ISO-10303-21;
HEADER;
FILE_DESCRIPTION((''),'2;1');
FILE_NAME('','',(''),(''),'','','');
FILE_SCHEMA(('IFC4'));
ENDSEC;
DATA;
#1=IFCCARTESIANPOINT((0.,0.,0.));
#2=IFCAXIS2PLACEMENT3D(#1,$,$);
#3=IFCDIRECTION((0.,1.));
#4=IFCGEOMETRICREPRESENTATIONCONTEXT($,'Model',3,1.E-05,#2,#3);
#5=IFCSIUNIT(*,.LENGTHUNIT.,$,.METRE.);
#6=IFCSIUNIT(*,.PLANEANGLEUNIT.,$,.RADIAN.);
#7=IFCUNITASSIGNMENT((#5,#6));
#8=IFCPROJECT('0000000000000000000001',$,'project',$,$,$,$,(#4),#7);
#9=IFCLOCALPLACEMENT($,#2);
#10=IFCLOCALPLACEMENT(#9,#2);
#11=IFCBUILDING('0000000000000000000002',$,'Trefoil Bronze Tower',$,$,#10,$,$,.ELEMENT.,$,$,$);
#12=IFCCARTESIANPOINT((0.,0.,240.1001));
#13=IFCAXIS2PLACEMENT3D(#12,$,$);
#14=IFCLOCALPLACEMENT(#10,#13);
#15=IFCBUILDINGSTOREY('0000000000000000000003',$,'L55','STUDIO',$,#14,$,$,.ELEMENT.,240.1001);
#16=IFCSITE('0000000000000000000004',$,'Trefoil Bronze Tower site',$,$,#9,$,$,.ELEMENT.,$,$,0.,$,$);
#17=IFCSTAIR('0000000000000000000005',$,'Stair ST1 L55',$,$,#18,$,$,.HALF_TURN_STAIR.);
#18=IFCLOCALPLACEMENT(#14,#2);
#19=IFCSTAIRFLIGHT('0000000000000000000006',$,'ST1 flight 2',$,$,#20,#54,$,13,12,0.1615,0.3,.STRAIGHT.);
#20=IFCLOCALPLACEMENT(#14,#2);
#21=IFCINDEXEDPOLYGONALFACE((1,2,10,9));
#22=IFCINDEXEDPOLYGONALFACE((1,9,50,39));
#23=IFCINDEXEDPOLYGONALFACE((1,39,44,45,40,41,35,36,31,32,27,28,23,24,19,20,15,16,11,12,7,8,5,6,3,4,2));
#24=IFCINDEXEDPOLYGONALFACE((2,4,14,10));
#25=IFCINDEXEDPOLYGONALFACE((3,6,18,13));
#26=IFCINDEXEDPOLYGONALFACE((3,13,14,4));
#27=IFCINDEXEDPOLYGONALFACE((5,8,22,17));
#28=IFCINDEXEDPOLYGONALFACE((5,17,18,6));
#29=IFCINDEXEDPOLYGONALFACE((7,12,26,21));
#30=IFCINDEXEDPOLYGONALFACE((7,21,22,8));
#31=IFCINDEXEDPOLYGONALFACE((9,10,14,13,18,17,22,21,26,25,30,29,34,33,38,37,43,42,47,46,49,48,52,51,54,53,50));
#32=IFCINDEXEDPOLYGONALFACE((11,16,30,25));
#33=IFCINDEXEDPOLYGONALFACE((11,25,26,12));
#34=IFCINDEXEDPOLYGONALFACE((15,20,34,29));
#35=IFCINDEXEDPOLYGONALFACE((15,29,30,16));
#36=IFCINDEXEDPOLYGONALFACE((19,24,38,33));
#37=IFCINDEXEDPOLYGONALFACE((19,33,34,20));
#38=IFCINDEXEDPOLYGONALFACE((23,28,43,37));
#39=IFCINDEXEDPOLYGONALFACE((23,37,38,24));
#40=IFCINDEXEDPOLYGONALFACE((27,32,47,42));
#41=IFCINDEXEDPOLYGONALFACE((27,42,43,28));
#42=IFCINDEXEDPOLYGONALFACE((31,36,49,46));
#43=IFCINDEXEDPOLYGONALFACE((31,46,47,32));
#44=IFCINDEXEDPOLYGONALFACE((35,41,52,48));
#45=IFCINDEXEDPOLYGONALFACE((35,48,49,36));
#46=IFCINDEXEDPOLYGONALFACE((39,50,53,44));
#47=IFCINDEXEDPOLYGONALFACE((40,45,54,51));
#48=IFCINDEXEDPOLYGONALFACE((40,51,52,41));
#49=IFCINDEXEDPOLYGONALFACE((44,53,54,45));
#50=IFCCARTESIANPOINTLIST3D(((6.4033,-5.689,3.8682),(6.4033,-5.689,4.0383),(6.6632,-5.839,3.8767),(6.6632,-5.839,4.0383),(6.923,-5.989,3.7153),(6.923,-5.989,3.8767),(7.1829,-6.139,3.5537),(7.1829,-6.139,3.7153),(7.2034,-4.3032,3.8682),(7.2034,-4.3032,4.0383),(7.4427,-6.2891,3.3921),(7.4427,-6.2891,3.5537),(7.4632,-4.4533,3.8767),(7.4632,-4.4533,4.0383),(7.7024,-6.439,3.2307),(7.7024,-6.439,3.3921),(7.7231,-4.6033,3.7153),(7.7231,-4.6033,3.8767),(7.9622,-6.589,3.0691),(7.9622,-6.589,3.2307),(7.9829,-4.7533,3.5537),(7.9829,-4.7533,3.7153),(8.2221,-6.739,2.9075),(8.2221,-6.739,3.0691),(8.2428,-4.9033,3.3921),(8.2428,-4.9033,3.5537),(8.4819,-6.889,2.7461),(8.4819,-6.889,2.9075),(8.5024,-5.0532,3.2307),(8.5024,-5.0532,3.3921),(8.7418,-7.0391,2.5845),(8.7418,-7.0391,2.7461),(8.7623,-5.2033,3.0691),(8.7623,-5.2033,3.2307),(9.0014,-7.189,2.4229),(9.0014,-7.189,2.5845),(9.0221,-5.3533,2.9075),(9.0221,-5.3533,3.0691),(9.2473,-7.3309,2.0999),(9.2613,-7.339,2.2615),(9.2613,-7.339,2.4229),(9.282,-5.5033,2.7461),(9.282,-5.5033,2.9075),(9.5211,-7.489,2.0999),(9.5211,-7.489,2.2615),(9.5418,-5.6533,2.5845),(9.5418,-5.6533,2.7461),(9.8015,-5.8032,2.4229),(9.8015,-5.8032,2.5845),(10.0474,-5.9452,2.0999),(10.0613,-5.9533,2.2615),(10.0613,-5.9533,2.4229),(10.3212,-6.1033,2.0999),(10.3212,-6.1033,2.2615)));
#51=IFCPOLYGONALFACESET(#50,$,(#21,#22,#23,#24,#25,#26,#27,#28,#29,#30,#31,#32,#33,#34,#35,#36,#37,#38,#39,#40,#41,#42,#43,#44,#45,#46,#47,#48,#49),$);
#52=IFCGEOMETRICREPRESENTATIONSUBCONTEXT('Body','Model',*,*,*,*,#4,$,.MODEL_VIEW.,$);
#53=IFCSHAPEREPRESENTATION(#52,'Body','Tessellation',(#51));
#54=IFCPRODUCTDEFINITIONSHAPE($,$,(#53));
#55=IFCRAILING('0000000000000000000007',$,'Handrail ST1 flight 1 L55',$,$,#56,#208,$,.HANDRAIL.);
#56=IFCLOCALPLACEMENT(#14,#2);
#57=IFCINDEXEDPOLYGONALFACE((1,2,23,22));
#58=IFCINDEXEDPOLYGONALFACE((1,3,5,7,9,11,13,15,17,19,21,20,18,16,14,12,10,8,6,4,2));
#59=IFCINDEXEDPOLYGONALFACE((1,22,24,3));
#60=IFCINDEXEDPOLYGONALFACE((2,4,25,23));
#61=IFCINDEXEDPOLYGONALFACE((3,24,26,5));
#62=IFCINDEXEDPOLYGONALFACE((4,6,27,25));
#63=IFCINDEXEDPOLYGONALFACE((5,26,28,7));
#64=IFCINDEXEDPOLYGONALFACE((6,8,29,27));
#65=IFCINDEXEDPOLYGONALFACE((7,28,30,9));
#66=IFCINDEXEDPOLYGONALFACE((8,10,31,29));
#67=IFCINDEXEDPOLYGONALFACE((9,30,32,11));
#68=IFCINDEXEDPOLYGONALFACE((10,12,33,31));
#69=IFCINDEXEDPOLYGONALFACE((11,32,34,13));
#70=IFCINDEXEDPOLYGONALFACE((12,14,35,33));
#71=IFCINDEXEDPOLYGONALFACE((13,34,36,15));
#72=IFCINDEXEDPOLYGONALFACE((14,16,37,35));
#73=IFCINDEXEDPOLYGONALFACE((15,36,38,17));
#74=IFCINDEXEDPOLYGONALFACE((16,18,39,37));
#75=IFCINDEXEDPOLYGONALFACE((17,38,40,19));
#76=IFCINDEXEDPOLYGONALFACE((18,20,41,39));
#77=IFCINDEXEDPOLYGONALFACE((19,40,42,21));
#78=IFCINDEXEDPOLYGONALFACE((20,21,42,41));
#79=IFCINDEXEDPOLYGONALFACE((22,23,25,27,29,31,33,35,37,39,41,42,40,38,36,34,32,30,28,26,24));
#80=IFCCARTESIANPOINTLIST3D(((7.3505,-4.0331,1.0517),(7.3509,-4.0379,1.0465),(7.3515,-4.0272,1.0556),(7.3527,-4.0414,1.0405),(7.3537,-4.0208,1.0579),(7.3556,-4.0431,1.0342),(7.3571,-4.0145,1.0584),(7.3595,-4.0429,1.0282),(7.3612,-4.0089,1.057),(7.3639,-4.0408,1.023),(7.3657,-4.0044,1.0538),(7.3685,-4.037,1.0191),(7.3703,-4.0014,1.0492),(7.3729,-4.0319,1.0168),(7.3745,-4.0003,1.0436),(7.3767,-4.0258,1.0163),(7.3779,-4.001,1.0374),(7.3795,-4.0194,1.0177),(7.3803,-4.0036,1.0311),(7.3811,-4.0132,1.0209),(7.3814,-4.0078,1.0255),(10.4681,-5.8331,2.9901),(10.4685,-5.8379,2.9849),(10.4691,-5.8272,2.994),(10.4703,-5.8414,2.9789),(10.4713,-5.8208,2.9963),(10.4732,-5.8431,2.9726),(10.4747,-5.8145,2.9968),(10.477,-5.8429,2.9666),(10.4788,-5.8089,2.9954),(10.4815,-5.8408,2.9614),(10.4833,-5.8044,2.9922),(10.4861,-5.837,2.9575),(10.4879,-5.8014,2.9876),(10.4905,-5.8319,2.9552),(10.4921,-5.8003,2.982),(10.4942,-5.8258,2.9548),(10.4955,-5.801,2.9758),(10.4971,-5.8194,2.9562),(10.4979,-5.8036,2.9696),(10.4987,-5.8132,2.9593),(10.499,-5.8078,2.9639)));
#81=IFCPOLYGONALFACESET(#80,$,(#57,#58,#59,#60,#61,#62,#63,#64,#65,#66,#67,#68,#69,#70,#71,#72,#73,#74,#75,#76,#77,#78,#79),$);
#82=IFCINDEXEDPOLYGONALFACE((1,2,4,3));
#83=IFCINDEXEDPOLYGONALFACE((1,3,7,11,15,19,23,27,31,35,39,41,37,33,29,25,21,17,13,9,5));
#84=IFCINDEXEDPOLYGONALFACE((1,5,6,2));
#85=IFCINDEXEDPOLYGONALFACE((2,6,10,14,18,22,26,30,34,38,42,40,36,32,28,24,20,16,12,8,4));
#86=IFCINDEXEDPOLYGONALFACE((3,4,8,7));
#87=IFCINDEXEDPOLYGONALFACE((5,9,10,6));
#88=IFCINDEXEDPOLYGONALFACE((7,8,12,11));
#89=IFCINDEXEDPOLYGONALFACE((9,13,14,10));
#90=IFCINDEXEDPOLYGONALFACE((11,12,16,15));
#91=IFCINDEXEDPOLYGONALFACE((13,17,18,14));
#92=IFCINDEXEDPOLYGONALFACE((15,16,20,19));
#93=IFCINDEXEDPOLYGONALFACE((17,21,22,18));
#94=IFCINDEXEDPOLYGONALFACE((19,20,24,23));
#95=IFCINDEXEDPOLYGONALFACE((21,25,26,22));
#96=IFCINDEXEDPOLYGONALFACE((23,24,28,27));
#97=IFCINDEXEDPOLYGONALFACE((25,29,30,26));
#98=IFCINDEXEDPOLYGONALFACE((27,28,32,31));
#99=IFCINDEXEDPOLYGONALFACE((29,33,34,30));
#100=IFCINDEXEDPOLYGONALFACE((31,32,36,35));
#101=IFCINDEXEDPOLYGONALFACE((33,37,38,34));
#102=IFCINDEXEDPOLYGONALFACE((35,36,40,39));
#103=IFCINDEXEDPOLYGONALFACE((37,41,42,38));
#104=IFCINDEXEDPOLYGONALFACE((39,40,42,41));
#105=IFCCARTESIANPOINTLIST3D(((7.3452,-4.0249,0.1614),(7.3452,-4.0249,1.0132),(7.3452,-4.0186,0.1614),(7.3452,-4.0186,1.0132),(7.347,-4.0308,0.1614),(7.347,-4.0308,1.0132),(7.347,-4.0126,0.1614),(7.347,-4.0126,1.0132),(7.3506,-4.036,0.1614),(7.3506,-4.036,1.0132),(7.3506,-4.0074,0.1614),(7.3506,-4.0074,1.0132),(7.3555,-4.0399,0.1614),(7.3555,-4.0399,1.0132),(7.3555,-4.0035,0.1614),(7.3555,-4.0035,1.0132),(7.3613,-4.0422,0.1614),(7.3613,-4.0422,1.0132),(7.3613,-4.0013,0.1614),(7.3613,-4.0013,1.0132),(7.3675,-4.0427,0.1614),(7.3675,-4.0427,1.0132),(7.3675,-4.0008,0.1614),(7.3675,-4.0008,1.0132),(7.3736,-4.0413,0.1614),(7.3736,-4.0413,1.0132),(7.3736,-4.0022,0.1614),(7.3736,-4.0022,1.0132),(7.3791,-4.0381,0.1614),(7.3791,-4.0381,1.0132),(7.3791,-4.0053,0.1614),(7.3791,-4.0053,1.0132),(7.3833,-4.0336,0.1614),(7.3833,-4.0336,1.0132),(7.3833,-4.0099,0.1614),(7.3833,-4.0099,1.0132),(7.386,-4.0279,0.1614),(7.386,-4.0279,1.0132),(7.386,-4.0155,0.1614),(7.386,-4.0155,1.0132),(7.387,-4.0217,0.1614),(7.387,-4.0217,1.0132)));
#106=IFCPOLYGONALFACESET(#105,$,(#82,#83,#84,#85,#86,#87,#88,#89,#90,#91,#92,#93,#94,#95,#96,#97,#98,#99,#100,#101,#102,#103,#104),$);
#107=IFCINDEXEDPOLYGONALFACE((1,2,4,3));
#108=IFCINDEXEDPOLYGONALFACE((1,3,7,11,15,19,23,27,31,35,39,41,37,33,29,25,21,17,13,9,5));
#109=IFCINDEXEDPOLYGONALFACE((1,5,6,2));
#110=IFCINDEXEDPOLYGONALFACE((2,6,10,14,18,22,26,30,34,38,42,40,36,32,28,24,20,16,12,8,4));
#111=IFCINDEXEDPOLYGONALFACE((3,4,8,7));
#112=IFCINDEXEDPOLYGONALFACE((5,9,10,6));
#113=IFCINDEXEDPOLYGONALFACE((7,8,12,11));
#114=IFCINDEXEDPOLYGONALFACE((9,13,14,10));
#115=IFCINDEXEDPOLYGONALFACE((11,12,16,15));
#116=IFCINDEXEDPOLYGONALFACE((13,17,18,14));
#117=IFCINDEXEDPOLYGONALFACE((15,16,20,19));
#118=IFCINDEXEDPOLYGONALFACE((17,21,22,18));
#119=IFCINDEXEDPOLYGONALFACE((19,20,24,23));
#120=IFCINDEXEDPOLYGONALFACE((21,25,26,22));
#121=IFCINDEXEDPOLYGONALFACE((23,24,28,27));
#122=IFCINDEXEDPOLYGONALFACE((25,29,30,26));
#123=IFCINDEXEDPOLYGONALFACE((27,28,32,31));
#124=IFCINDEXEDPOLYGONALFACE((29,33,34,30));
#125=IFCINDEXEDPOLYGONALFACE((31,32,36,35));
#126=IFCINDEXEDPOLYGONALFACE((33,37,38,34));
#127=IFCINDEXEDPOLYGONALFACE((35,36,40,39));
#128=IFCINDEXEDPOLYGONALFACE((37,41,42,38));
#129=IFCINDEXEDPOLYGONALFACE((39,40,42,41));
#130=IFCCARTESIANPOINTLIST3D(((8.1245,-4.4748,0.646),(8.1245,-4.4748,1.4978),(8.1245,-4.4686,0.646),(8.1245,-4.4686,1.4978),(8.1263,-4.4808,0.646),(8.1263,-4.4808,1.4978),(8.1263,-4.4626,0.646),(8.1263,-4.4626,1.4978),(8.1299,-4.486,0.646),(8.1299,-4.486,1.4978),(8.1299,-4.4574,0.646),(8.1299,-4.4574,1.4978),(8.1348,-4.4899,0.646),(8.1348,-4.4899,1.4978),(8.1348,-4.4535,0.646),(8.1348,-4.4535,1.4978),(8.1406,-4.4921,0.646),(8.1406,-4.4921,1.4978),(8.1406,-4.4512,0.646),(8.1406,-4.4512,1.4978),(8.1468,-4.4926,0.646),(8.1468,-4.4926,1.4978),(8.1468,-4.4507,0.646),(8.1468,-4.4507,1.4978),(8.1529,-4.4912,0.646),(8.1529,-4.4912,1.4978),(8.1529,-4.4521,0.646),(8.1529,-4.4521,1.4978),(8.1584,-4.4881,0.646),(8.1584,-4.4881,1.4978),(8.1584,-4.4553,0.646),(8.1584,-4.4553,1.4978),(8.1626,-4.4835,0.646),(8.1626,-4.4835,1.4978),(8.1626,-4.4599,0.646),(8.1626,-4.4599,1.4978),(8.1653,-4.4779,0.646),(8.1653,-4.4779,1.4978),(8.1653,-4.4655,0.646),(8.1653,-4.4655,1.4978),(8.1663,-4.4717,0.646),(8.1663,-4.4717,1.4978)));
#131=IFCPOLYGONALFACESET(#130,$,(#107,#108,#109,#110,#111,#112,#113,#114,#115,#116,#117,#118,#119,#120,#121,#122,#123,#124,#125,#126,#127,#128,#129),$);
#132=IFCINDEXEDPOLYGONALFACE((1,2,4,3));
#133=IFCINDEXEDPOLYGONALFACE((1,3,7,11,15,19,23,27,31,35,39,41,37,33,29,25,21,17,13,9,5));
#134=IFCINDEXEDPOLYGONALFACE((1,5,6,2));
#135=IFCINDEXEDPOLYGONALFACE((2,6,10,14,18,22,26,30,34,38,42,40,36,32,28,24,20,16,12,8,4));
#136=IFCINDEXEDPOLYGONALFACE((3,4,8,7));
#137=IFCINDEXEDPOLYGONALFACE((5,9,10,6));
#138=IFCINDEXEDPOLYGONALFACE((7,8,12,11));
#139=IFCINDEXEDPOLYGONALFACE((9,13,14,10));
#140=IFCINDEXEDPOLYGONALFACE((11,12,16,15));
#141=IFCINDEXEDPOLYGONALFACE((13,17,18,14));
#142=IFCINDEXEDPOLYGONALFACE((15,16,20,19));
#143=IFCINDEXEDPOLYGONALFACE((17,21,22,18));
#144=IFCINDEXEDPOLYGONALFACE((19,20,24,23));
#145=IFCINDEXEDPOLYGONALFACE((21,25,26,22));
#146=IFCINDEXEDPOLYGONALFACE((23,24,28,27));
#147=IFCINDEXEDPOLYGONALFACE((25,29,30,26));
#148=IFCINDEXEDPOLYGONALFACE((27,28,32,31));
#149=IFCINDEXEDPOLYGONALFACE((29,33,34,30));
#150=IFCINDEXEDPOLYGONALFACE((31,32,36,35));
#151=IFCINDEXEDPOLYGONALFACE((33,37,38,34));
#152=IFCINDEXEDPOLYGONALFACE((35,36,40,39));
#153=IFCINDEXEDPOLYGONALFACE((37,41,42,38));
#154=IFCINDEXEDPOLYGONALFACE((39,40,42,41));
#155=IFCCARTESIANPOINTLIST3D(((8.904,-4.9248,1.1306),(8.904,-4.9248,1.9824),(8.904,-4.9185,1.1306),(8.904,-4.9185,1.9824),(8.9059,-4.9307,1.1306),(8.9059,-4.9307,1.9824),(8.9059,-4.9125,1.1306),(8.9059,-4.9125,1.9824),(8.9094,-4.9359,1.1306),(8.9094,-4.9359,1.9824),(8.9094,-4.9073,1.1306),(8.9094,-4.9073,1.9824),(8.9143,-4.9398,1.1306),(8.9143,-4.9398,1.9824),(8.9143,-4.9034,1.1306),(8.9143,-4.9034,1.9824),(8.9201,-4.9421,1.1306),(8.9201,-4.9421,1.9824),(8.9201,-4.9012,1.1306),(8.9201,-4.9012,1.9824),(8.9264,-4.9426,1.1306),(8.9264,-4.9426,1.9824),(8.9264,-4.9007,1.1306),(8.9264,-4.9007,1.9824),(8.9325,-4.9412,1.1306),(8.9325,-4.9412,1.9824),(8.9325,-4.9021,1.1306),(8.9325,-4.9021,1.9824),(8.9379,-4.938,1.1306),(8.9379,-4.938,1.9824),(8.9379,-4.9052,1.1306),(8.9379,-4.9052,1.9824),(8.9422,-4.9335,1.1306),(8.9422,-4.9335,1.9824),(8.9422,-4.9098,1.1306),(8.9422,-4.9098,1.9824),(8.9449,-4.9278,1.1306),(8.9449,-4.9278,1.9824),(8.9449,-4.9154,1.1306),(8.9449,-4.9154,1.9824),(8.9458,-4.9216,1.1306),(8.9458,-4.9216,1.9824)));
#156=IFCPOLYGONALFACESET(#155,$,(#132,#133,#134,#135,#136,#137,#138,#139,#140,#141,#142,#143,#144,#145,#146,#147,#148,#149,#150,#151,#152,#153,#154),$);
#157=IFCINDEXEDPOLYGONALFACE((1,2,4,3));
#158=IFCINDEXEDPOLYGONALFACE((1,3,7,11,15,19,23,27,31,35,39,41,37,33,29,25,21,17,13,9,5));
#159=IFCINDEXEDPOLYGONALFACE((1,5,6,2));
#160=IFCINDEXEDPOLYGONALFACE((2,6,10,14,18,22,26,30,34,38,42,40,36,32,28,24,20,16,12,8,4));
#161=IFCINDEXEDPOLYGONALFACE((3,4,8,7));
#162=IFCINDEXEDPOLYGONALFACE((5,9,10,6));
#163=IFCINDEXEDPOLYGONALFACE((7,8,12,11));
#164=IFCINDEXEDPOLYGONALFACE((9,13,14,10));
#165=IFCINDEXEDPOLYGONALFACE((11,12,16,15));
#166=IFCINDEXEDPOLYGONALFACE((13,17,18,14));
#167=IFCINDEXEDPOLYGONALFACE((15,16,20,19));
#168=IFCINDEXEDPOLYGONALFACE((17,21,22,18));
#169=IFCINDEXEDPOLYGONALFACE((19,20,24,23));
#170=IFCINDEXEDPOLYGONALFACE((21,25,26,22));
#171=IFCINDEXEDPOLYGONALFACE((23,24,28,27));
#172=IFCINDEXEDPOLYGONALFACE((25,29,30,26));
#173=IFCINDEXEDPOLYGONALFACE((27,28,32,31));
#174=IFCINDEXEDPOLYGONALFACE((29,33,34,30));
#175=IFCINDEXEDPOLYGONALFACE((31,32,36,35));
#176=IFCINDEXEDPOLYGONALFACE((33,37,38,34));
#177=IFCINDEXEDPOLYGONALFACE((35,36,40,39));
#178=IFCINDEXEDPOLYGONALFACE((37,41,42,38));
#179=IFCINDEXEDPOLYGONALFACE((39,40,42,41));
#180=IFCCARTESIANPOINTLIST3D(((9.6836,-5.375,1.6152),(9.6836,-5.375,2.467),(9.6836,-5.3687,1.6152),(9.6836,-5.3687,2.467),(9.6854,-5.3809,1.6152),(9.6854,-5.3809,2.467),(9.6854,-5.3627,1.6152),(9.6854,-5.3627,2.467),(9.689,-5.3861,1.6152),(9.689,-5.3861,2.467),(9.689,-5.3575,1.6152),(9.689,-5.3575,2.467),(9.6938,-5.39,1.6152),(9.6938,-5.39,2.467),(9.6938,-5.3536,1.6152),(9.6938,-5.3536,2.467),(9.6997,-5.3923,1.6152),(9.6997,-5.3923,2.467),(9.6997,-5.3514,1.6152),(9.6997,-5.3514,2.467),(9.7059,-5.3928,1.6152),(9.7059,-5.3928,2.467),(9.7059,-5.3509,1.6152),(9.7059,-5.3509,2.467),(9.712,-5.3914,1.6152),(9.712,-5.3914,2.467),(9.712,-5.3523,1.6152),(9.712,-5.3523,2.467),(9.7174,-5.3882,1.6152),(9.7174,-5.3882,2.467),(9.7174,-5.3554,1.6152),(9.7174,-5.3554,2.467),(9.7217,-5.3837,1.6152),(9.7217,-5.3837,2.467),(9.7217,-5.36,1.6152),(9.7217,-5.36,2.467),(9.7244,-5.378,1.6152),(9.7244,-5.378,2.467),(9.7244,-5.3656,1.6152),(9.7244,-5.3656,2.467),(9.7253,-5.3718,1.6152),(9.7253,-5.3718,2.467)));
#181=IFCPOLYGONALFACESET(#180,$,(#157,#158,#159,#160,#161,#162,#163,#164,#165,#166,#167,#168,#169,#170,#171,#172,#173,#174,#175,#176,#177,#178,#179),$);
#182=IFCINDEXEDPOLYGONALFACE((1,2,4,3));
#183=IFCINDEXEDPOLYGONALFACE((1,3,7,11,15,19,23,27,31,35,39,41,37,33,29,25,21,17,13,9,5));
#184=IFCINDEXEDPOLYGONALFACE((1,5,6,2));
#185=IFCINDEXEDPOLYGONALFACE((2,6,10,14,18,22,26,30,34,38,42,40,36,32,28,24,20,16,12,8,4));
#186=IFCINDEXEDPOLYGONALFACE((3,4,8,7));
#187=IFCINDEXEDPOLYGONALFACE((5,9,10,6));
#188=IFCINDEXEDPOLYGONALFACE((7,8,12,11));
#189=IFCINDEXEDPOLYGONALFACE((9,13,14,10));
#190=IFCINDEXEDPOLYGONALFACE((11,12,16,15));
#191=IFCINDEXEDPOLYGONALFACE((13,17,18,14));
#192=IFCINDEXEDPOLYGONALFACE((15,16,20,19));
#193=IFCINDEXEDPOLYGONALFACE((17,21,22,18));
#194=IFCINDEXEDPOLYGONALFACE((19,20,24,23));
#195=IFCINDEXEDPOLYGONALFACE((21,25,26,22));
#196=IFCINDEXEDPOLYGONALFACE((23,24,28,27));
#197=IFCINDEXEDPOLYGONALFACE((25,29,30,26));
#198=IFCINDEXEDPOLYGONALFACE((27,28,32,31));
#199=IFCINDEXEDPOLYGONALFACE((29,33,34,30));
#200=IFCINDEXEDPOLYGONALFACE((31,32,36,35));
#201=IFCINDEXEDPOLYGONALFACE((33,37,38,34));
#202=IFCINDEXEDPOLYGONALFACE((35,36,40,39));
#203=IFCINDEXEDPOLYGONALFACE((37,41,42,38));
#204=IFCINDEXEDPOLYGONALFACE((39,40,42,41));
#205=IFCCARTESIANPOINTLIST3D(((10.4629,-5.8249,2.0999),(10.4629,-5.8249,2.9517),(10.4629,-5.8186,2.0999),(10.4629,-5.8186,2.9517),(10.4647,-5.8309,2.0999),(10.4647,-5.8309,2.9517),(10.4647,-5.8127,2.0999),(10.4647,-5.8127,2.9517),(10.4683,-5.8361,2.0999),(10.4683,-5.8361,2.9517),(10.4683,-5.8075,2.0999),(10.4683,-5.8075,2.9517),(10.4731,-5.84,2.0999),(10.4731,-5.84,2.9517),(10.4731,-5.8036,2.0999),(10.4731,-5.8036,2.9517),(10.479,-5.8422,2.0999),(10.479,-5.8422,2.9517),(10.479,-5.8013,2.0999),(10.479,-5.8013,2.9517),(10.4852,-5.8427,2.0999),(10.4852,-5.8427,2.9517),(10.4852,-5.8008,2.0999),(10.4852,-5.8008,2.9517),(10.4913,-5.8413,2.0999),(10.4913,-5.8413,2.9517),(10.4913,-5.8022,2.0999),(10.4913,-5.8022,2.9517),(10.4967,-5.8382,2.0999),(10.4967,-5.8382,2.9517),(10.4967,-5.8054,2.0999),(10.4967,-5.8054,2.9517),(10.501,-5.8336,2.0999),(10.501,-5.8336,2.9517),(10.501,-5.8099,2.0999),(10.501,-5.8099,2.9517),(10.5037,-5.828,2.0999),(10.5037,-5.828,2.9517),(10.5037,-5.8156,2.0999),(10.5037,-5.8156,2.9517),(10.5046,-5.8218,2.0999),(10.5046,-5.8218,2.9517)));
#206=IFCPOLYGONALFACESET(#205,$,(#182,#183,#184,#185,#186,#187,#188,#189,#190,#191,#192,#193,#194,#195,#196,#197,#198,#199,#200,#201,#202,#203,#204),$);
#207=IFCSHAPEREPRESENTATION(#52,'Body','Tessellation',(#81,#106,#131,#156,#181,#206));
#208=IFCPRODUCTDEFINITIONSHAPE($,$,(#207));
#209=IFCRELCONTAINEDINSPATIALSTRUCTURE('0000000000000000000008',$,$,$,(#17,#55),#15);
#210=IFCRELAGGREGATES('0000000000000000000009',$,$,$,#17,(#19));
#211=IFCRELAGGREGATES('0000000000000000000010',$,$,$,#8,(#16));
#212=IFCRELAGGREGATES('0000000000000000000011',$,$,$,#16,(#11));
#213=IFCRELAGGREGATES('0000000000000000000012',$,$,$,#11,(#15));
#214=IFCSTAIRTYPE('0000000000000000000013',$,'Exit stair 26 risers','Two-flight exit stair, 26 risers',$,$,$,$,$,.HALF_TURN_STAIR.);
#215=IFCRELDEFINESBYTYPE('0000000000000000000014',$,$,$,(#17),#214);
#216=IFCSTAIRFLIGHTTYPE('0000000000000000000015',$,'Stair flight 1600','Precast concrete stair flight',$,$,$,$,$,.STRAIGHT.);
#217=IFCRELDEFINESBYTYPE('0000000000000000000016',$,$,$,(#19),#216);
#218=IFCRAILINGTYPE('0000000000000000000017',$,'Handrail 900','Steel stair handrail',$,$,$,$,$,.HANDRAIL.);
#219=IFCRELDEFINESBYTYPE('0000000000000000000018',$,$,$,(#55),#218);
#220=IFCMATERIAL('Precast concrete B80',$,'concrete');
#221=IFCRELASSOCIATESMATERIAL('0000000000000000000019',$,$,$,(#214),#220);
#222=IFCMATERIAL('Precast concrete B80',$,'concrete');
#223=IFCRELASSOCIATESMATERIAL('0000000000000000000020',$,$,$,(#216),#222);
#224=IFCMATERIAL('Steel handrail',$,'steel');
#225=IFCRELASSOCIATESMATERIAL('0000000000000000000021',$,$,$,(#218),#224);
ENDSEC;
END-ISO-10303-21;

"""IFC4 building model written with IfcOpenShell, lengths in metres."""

from ifc_helpers import new_model, si_unit, direction, frame, origin, origin_2d, place, context, subcontext, project, spatial, polyline, circle, outline, extrude, material, type_object, element, aggregate, save


model = new_model("IFC4")

# Units and contexts
model_context = context("Model", 3, precision=1e-05, world=origin(), true_north=direction((0.0, 1.0)))
body_context = subcontext(model_context, "Body", "Model", "MODEL_VIEW")
ifc_project = project(units=[si_unit("LENGTHUNIT", "METRE"), si_unit("PLANEANGLEUNIT", "RADIAN")], contexts=[model_context])

# Site, building, storey
site_placement = place(None, origin())
site = spatial("IfcSite", under=ifc_project, at=site_placement, Name="Trefoil Bronze Tower site", CompositionType="ELEMENT", RefElevation=0.0)
building_placement = place(site_placement, origin())
building = spatial("IfcBuilding", under=site, at=building_placement, Name="Trefoil Bronze Tower", CompositionType="ELEMENT")
storey_placement = place(building_placement, frame((0.0, 0.0, 240.1001)))
storey = spatial("IfcBuildingStorey", under=building, at=storey_placement, Name="L55", Description="STUDIO", CompositionType="ELEMENT", Elevation=240.1001)

# Stair
ifc_material_1 = material(Name="Precast concrete B80", Category="concrete")
stair_type = type_object("IfcStairType", Name="Exit stair 26 risers", Description="Two-flight exit stair, 26 risers", PredefinedType="HALF_TURN_STAIR", material=ifc_material_1)
stair_1_placement = place(storey_placement, origin())
stair_1 = element("IfcStair", 1, at=stair_1_placement, inside=storey, type_object=stair_type, Name="Stair ST1 L55", PredefinedType="HALF_TURN_STAIR")

# Stair flight
ifc_material_2 = material(Name="Precast concrete B80", Category="concrete")
stair_flight_type = type_object("IfcStairFlightType", Name="Stair flight 1600", Description="Precast concrete stair flight", PredefinedType="STRAIGHT", material=ifc_material_2)
stair_flight_1_placement = place(storey_placement, frame((9.9211, -6.7961, 2.0999), z_axis=(0.0, 0.0, 1.0), x_axis=(-0.866025, 0.5, 0.0)))
stair_flight_1 = element("IfcStairFlight", 2, at=stair_flight_1_placement, type_object=stair_flight_type, Name="ST1 flight 2", NumberOfRisers=13, NumberOfTreads=12, PredefinedType="STRAIGHT", RiserHeight=0.1615, TreadLength=0.3, context=body_context, shape_type="SweptSolid", body=[
    extrude(outline(polyline([(0.0, 0.0), (0.0, 0.1616), (0.3, 0.1616), (0.3, 0.323), (0.6001, 0.323), (0.6001, 0.4846), (0.8999, 0.4846), (0.8999, 0.6462), (1.2, 0.6462), (1.2, 0.8076), (1.5, 0.8076), (1.5, 0.9692), (1.8, 0.9692), (1.8, 1.1309), (2.1001, 1.1309), (2.1001, 1.2922), (2.3999, 1.2922), (2.3999, 1.4539), (2.7, 1.4539), (2.7, 1.6155), (3.0, 1.6155), (3.0, 1.7769), (3.3, 1.7769), (3.3, 1.9385), (3.6001, 1.9385), (3.6001, 2.1001), (3.6001, 1.7683), (0.3162, 0.0), (0.0, 0.0)])), frame((0.0, 0.8, 0.0), z_axis=(0.0, -1.0, 0.0), x_axis=(1.0, 0.0, 0.0)), (0.0, 0.0, 1.0), 1.6001),
])
aggregate(stair_1, [stair_flight_1])

# Railing
ifc_material_3 = material(Name="Steel handrail", Category="steel")
railing_type = type_object("IfcRailingType", Name="Handrail 900", Description="Steel stair handrail", PredefinedType="HANDRAIL", material=ifc_material_3)
railing_1_placement = place(storey_placement, frame((7.366, -4.0217, 0.1614)))
element("IfcRailing", 3, at=railing_1_placement, inside=storey, type_object=railing_type, Name="Handrail ST1 flight 1 L55", PredefinedType="HANDRAIL", context=body_context, shape_type="SweptSolid", body=[
    extrude(circle(Radius=0.0239, at=origin_2d()), frame((0.0, 0.0, 0.876), z_axis=(0.762503, -0.440246, 0.474102), x_axis=(0.500012, 0.866018, 0.0)), (0.0, 0.0, 1.0), 4.0886),
    extrude(circle(Radius=0.021, at=origin_2d()), origin(), (0.0, 0.0, 1.0), 0.8518),
    extrude(circle(Radius=0.021, at=origin_2d()), frame((0.7793, -0.45, 0.4846)), (0.0, 0.0, 1.0), 0.8518),
    extrude(circle(Radius=0.021, at=origin_2d()), frame((1.5588, -0.8999, 0.9692)), (0.0, 0.0, 1.0), 0.8518),
    extrude(circle(Radius=0.021, at=origin_2d()), frame((2.3384, -1.3501, 1.4539)), (0.0, 0.0, 1.0), 0.8518),
    extrude(circle(Radius=0.021, at=origin_2d()), frame((3.1177, -1.8, 1.9385)), (0.0, 0.0, 1.0), 0.8518),
])

save(model, "model.ifc")
